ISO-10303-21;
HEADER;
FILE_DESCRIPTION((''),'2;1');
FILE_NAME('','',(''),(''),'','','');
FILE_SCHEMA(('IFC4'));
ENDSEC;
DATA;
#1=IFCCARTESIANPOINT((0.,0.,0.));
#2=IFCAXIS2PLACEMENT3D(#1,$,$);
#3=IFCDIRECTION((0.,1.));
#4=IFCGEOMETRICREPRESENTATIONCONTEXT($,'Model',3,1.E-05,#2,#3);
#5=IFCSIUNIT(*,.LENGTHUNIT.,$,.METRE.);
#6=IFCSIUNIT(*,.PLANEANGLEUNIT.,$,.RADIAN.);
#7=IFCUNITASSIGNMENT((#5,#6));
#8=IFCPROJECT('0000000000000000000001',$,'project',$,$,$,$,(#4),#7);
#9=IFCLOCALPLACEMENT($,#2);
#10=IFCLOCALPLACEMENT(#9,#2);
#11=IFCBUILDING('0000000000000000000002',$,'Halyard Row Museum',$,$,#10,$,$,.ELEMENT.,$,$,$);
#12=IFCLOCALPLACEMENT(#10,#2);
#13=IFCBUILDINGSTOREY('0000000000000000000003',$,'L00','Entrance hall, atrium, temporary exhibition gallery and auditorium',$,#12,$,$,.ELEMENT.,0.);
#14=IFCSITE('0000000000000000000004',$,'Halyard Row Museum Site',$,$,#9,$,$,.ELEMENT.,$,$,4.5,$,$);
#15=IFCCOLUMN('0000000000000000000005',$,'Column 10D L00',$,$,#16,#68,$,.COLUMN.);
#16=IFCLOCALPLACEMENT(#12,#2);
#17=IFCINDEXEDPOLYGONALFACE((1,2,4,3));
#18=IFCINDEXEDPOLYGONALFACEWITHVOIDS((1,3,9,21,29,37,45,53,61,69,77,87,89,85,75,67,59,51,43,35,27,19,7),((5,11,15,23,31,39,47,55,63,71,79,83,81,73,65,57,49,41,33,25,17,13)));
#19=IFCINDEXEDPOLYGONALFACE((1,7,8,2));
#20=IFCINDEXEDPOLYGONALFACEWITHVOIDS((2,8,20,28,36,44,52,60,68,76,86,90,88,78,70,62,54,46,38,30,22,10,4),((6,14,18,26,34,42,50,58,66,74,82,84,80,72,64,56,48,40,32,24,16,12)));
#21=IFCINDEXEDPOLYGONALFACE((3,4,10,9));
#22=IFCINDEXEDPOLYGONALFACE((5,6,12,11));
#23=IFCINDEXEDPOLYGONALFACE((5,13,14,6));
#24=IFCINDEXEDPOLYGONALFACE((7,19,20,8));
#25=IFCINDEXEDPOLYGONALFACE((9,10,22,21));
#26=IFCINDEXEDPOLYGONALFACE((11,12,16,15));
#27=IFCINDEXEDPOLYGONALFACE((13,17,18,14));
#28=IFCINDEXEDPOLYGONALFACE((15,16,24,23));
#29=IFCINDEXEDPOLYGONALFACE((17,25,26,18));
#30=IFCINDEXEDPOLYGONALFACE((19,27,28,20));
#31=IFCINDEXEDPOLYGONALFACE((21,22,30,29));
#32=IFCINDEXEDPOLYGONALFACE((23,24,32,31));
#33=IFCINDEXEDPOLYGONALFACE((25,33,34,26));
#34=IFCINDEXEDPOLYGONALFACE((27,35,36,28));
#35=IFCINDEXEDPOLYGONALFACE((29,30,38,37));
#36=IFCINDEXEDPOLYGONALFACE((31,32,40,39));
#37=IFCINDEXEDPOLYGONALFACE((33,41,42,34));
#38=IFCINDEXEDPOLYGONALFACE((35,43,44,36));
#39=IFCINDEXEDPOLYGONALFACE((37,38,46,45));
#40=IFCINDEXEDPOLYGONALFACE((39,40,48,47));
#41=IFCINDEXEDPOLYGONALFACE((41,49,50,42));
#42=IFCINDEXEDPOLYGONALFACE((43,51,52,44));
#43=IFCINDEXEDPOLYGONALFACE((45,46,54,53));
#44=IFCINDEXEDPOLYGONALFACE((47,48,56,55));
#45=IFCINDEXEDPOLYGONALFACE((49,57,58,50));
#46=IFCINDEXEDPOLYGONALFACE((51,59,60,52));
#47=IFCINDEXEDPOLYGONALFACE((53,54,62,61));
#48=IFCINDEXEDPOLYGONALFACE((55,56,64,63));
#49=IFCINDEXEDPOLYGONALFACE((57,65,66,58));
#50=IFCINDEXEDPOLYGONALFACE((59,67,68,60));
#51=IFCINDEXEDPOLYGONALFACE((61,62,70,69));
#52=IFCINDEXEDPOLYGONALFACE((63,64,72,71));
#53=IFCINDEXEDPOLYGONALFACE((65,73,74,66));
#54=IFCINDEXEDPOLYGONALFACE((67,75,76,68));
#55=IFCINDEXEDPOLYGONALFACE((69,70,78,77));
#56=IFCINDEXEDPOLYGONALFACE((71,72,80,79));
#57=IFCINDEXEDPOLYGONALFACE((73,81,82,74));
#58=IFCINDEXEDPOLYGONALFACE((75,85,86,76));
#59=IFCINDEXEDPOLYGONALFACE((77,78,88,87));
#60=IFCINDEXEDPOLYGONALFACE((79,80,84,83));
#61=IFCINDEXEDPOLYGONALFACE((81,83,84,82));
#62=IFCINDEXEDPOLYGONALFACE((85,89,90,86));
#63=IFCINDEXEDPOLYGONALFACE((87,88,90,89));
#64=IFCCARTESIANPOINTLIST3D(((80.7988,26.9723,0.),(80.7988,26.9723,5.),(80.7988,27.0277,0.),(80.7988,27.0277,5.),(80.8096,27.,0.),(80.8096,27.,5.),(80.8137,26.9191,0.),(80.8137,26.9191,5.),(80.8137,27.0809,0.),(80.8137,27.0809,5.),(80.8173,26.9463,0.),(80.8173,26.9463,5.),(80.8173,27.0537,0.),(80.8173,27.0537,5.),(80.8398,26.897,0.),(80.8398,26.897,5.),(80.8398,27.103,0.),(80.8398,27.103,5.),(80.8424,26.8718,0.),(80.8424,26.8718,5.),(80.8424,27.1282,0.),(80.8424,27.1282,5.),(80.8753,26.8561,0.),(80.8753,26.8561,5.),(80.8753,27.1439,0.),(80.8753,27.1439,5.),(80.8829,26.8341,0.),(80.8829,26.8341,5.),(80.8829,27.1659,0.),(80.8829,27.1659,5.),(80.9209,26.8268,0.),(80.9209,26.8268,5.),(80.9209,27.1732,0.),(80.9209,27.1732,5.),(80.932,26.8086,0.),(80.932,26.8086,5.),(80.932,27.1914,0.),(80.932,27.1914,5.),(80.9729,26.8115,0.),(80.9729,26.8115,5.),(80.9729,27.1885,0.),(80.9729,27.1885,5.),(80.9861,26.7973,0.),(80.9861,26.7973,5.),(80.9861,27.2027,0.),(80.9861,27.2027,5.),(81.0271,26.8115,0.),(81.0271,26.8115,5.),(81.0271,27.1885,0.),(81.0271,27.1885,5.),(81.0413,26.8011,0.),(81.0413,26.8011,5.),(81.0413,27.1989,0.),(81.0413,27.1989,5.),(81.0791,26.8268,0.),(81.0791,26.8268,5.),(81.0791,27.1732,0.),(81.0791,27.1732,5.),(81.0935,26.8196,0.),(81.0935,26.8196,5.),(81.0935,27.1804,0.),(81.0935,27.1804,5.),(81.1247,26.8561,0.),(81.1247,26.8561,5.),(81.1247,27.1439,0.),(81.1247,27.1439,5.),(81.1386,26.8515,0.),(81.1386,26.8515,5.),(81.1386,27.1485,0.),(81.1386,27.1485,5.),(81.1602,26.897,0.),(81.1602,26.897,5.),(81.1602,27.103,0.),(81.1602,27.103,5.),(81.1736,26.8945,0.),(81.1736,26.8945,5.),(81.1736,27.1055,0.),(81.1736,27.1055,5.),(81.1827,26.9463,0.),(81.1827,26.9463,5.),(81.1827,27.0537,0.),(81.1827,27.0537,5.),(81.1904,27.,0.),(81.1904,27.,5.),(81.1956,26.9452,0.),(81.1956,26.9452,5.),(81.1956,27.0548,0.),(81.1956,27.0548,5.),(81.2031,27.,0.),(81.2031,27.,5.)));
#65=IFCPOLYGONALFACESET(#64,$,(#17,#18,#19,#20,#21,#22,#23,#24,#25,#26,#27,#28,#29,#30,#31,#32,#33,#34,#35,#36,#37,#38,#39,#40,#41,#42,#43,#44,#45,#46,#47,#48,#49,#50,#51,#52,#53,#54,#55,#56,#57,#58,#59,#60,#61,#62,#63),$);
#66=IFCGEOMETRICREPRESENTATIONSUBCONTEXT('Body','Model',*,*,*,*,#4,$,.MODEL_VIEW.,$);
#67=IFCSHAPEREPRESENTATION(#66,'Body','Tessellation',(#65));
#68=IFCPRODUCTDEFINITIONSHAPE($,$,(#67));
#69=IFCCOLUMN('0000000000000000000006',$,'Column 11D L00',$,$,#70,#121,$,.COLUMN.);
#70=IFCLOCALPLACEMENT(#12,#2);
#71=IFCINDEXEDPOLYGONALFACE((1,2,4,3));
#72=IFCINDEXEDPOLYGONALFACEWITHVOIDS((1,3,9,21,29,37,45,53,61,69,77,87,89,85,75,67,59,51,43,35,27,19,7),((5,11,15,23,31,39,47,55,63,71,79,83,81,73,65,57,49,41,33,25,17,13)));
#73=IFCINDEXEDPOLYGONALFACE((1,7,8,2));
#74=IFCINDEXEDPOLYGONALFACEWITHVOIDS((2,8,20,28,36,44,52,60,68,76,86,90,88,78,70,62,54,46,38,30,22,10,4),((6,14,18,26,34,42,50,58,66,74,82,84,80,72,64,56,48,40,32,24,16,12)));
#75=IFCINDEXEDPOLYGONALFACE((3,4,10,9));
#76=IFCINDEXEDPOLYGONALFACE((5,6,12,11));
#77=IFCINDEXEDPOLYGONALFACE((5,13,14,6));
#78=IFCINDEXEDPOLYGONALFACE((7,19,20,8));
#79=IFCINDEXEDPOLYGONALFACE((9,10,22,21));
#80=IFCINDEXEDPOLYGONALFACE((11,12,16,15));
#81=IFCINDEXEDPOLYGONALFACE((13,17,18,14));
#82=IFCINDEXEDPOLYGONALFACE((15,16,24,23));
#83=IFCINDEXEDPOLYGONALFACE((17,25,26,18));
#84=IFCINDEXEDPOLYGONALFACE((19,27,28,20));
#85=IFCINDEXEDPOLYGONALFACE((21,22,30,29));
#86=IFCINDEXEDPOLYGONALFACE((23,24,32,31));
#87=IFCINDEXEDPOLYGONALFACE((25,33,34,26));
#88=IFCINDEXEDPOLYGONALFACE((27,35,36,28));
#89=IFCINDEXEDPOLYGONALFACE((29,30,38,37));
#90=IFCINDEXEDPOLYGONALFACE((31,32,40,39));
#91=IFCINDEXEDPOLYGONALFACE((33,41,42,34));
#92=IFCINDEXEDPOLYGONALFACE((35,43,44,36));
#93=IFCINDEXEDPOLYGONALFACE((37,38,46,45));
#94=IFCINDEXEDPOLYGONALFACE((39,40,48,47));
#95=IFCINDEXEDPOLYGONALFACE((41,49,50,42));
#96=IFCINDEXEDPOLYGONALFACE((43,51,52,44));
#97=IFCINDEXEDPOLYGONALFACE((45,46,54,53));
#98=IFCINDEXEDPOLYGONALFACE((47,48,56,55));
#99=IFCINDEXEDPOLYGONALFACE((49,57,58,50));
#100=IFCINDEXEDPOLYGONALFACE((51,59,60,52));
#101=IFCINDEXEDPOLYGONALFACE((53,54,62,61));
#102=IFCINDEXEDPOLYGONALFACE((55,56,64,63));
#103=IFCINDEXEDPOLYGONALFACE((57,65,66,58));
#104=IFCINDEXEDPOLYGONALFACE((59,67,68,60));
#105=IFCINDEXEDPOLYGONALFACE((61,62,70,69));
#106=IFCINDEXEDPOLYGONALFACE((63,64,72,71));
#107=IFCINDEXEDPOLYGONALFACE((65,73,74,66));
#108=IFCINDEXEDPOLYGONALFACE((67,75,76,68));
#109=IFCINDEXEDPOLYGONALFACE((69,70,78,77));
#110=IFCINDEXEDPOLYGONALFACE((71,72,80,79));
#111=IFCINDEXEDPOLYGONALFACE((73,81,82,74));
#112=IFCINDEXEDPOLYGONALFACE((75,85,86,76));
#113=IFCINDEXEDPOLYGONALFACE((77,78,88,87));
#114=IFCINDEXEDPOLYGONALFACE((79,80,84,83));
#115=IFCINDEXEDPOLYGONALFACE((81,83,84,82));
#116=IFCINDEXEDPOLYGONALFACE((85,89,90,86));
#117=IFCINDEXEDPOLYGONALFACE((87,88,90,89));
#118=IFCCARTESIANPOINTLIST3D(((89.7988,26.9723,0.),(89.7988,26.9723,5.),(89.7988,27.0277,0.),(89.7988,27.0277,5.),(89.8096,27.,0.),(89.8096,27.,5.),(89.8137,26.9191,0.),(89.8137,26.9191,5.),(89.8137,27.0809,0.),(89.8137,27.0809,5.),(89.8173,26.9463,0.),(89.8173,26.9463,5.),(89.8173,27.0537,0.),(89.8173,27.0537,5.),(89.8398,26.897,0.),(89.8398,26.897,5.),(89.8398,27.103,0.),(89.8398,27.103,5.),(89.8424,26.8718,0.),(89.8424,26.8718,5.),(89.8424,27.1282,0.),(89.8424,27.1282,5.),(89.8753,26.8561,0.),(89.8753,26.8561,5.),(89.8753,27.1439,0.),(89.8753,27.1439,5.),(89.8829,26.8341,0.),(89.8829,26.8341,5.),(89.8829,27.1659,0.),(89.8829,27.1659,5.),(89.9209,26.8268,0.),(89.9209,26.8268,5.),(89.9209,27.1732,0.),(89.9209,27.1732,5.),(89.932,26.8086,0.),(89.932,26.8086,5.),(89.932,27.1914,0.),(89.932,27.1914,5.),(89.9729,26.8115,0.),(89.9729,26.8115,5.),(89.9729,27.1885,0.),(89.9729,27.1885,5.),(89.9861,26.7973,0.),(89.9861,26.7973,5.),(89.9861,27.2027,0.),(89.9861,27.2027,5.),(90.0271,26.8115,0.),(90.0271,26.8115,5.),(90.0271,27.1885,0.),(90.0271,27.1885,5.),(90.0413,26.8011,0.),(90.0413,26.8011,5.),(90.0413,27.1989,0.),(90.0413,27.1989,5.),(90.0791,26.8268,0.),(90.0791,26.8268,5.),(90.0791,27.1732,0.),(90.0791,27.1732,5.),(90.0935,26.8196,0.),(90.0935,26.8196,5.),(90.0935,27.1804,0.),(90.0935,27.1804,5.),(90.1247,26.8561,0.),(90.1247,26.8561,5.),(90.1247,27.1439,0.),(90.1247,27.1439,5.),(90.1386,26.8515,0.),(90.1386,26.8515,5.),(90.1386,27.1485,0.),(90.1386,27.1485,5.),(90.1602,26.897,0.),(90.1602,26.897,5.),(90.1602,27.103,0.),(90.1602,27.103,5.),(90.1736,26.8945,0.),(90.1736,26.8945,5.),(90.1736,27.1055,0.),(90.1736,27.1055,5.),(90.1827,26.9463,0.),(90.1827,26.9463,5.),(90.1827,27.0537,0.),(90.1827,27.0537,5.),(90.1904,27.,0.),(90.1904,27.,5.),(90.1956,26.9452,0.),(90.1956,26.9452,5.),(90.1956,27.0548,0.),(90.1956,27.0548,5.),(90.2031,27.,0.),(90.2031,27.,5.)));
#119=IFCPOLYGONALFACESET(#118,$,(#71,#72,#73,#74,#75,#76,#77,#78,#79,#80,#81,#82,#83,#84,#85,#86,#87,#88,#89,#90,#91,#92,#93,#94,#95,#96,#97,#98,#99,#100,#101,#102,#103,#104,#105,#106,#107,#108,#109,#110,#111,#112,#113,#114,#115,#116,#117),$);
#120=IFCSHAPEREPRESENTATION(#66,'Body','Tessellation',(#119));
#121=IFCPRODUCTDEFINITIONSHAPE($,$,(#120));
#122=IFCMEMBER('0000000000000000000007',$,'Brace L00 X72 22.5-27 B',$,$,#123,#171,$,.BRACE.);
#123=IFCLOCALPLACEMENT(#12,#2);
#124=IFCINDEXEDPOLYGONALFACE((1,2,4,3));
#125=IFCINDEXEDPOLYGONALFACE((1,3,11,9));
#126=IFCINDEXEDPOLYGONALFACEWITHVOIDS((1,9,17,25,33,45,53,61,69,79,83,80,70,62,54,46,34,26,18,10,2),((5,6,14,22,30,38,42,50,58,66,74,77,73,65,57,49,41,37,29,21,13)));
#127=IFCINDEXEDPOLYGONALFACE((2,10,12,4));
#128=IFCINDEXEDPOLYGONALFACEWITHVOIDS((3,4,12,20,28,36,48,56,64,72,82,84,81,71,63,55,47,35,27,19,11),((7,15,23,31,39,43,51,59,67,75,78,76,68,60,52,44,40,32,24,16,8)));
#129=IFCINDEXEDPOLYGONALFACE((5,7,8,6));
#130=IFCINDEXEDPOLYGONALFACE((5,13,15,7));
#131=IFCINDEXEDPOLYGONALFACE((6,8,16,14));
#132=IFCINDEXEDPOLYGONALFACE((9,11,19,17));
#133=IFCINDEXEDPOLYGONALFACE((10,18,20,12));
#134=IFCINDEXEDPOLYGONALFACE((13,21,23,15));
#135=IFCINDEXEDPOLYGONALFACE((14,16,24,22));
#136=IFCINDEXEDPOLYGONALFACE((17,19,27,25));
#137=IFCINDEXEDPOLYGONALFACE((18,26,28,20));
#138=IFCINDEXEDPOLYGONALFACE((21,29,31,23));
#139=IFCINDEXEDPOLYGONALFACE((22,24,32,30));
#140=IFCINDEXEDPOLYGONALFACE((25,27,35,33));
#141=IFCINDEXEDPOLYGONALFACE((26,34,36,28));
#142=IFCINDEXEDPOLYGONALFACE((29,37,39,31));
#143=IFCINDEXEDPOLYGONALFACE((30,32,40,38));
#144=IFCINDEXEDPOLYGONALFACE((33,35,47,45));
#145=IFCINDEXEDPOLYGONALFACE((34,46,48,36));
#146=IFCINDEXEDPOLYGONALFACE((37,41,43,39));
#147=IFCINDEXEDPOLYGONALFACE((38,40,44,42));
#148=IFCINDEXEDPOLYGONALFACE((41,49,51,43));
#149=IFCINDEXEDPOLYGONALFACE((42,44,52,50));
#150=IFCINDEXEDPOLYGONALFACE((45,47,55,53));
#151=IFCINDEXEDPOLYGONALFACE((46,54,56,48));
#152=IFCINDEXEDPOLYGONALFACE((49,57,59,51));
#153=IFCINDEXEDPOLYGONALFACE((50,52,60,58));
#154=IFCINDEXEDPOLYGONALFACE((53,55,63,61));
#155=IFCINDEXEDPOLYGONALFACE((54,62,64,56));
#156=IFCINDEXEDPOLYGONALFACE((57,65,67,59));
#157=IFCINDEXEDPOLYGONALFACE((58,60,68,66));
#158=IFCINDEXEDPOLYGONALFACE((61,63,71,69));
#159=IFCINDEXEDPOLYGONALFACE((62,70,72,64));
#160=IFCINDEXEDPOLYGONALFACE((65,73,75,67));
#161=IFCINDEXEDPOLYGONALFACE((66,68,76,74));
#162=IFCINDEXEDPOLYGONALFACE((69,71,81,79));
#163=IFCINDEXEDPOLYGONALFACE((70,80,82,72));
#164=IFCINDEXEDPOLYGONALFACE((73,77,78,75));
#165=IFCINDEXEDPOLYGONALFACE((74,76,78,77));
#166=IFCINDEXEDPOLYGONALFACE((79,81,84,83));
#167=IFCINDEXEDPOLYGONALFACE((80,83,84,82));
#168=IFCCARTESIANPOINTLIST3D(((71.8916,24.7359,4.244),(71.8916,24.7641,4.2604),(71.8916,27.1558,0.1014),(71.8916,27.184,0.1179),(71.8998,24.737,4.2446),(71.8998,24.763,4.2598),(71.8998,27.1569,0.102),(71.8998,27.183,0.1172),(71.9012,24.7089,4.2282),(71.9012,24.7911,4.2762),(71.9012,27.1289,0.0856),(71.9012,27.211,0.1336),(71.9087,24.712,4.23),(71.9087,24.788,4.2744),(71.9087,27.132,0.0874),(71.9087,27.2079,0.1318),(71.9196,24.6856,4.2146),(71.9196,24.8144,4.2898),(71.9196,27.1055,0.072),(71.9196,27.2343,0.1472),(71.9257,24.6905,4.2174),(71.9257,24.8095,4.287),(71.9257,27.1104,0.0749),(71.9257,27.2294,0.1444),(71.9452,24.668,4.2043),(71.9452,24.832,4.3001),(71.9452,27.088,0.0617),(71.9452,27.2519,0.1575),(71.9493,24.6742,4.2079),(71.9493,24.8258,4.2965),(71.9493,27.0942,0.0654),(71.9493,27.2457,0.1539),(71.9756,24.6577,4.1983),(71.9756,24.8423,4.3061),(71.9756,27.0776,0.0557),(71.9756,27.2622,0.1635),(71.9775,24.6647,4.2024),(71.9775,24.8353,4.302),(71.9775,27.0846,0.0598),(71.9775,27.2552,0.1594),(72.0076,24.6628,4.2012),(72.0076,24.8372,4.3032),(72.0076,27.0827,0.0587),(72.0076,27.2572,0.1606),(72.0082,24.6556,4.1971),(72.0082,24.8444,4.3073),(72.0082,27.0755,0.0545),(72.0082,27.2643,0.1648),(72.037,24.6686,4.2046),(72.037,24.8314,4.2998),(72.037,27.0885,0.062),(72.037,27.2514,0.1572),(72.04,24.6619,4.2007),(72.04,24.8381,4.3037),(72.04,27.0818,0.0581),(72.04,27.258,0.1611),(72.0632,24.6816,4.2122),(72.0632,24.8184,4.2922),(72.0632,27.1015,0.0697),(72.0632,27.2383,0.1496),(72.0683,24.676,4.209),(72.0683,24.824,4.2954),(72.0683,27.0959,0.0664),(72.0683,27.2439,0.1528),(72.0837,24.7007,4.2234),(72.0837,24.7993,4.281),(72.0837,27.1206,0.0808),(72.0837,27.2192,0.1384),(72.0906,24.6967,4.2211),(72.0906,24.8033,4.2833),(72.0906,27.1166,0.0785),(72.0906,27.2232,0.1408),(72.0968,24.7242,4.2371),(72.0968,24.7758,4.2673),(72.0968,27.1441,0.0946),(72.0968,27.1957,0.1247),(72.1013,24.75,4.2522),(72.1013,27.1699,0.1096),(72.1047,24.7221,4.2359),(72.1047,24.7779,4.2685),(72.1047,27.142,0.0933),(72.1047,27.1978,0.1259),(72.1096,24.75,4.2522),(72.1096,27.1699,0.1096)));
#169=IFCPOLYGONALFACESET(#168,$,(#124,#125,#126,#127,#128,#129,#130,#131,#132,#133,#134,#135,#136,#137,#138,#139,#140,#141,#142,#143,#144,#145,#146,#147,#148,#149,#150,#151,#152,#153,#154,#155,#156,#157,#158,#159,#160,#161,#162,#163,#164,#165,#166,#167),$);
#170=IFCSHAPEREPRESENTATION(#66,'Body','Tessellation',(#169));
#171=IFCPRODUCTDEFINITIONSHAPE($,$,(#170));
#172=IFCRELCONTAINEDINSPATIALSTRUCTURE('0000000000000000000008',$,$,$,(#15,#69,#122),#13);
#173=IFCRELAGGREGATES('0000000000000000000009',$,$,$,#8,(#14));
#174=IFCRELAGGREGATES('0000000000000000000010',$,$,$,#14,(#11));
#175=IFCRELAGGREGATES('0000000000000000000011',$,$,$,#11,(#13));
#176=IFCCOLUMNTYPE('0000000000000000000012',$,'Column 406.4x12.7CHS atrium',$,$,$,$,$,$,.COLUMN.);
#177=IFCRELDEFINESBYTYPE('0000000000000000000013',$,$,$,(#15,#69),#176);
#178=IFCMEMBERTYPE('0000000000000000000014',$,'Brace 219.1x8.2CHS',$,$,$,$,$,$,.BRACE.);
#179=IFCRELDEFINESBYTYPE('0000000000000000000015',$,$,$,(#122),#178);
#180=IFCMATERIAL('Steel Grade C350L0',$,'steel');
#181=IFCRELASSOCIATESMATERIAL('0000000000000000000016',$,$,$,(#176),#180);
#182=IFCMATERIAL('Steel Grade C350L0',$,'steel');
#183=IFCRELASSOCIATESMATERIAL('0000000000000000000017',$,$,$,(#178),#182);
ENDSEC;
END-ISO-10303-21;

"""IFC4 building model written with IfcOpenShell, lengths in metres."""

from ifc_helpers import new_model, si_unit, direction, frame, origin, origin_2d, place, context, subcontext, project, spatial, hollow_circle, extrude, material, material_profile, profile_set, type_object, element, save


model = new_model("IFC4")

# Units and contexts
model_context = context("Model", 3, precision=1e-05, world=origin(), true_north=direction((0.0, 1.0)))
body_context = subcontext(model_context, "Body", "Model", "MODEL_VIEW")
ifc_project = project(units=[si_unit("LENGTHUNIT", "METRE"), si_unit("PLANEANGLEUNIT", "RADIAN")], contexts=[model_context])

# Site, building, storey
site_placement = place(None, origin())
site = spatial("IfcSite", under=ifc_project, at=site_placement, Name="Halyard Row Museum Site", CompositionType="ELEMENT", RefElevation=4.5)
building_placement = place(site_placement, origin())
building = spatial("IfcBuilding", under=site, at=building_placement, Name="Halyard Row Museum", CompositionType="ELEMENT")
storey_placement = place(building_placement, origin())
storey = spatial("IfcBuildingStorey", under=building, at=storey_placement, Name="L00", Description="Entrance hall, atrium, temporary exhibition gallery and auditorium", CompositionType="ELEMENT", Elevation=0.0)

# Columns
ifc_material_1 = material(Name="Steel Grade C350L0", Category="steel")
ifc_material_profile_1 = material_profile(ifc_material_1, hollow_circle(Radius=0.2031, WallThickness=0.0127, at=origin_2d()), Name="406.4x12.7CHS")
ifc_profile_set_1 = profile_set([ifc_material_profile_1], Name="Steel Grade C350L0")
column_type = type_object("IfcColumnType", Name="Column 406.4x12.7CHS atrium", PredefinedType="COLUMN", material=ifc_profile_set_1)
for number, where, z_axis, x_axis, name in (
    (1, (81.0, 27.0, 0.0), (0.0, 0.0, 1.0), (1.0, 0.0, 0.0), "Column 10D L00"),
    (2, (90.0, 27.0, 0.0), (0.0, 0.0, 1.0), (1.0, 0.0, 0.0), "Column 11D L00"),
):
    element("IfcColumn", number, at=place(storey_placement, frame(where, z_axis=z_axis, x_axis=x_axis)), inside=storey, type_object=column_type, Name=name, PredefinedType="COLUMN", context=body_context, shape_type="SweptSolid", body=[
        extrude(hollow_circle(Radius=0.2031, WallThickness=0.0127, at=origin_2d()), origin(), (0.0, 0.0, 1.0), 5.0),
    ])

# Member
ifc_material_2 = material(Name="Steel Grade C350L0", Category="steel")
ifc_material_profile_2 = material_profile(ifc_material_2, hollow_circle(Radius=0.1096, WallThickness=0.0083, at=origin_2d()), Name="219.1x8.2CHS")
ifc_profile_set_2 = profile_set([ifc_material_profile_2], Name="Steel Grade C350L0")
member_type = type_object("IfcMemberType", Name="Brace 219.1x8.2CHS", PredefinedType="BRACE", material=ifc_profile_set_2)
member_placement = place(storey_placement, frame((72.0, 27.1699, 0.1096), z_axis=(0.0, -0.504402, 0.863469), x_axis=(1.0, 0.0, 0.0)))
element("IfcMember", 3, at=member_placement, inside=storey, type_object=member_type, Name="Brace L00 X72 22.5-27 B", PredefinedType="BRACE", context=body_context, shape_type="SweptSolid", body=[
    extrude(hollow_circle(Radius=0.1096, WallThickness=0.0083, at=origin_2d()), origin(), (0.0, 0.0, 1.0), 4.7976),
])

save(model, "model.ifc")
